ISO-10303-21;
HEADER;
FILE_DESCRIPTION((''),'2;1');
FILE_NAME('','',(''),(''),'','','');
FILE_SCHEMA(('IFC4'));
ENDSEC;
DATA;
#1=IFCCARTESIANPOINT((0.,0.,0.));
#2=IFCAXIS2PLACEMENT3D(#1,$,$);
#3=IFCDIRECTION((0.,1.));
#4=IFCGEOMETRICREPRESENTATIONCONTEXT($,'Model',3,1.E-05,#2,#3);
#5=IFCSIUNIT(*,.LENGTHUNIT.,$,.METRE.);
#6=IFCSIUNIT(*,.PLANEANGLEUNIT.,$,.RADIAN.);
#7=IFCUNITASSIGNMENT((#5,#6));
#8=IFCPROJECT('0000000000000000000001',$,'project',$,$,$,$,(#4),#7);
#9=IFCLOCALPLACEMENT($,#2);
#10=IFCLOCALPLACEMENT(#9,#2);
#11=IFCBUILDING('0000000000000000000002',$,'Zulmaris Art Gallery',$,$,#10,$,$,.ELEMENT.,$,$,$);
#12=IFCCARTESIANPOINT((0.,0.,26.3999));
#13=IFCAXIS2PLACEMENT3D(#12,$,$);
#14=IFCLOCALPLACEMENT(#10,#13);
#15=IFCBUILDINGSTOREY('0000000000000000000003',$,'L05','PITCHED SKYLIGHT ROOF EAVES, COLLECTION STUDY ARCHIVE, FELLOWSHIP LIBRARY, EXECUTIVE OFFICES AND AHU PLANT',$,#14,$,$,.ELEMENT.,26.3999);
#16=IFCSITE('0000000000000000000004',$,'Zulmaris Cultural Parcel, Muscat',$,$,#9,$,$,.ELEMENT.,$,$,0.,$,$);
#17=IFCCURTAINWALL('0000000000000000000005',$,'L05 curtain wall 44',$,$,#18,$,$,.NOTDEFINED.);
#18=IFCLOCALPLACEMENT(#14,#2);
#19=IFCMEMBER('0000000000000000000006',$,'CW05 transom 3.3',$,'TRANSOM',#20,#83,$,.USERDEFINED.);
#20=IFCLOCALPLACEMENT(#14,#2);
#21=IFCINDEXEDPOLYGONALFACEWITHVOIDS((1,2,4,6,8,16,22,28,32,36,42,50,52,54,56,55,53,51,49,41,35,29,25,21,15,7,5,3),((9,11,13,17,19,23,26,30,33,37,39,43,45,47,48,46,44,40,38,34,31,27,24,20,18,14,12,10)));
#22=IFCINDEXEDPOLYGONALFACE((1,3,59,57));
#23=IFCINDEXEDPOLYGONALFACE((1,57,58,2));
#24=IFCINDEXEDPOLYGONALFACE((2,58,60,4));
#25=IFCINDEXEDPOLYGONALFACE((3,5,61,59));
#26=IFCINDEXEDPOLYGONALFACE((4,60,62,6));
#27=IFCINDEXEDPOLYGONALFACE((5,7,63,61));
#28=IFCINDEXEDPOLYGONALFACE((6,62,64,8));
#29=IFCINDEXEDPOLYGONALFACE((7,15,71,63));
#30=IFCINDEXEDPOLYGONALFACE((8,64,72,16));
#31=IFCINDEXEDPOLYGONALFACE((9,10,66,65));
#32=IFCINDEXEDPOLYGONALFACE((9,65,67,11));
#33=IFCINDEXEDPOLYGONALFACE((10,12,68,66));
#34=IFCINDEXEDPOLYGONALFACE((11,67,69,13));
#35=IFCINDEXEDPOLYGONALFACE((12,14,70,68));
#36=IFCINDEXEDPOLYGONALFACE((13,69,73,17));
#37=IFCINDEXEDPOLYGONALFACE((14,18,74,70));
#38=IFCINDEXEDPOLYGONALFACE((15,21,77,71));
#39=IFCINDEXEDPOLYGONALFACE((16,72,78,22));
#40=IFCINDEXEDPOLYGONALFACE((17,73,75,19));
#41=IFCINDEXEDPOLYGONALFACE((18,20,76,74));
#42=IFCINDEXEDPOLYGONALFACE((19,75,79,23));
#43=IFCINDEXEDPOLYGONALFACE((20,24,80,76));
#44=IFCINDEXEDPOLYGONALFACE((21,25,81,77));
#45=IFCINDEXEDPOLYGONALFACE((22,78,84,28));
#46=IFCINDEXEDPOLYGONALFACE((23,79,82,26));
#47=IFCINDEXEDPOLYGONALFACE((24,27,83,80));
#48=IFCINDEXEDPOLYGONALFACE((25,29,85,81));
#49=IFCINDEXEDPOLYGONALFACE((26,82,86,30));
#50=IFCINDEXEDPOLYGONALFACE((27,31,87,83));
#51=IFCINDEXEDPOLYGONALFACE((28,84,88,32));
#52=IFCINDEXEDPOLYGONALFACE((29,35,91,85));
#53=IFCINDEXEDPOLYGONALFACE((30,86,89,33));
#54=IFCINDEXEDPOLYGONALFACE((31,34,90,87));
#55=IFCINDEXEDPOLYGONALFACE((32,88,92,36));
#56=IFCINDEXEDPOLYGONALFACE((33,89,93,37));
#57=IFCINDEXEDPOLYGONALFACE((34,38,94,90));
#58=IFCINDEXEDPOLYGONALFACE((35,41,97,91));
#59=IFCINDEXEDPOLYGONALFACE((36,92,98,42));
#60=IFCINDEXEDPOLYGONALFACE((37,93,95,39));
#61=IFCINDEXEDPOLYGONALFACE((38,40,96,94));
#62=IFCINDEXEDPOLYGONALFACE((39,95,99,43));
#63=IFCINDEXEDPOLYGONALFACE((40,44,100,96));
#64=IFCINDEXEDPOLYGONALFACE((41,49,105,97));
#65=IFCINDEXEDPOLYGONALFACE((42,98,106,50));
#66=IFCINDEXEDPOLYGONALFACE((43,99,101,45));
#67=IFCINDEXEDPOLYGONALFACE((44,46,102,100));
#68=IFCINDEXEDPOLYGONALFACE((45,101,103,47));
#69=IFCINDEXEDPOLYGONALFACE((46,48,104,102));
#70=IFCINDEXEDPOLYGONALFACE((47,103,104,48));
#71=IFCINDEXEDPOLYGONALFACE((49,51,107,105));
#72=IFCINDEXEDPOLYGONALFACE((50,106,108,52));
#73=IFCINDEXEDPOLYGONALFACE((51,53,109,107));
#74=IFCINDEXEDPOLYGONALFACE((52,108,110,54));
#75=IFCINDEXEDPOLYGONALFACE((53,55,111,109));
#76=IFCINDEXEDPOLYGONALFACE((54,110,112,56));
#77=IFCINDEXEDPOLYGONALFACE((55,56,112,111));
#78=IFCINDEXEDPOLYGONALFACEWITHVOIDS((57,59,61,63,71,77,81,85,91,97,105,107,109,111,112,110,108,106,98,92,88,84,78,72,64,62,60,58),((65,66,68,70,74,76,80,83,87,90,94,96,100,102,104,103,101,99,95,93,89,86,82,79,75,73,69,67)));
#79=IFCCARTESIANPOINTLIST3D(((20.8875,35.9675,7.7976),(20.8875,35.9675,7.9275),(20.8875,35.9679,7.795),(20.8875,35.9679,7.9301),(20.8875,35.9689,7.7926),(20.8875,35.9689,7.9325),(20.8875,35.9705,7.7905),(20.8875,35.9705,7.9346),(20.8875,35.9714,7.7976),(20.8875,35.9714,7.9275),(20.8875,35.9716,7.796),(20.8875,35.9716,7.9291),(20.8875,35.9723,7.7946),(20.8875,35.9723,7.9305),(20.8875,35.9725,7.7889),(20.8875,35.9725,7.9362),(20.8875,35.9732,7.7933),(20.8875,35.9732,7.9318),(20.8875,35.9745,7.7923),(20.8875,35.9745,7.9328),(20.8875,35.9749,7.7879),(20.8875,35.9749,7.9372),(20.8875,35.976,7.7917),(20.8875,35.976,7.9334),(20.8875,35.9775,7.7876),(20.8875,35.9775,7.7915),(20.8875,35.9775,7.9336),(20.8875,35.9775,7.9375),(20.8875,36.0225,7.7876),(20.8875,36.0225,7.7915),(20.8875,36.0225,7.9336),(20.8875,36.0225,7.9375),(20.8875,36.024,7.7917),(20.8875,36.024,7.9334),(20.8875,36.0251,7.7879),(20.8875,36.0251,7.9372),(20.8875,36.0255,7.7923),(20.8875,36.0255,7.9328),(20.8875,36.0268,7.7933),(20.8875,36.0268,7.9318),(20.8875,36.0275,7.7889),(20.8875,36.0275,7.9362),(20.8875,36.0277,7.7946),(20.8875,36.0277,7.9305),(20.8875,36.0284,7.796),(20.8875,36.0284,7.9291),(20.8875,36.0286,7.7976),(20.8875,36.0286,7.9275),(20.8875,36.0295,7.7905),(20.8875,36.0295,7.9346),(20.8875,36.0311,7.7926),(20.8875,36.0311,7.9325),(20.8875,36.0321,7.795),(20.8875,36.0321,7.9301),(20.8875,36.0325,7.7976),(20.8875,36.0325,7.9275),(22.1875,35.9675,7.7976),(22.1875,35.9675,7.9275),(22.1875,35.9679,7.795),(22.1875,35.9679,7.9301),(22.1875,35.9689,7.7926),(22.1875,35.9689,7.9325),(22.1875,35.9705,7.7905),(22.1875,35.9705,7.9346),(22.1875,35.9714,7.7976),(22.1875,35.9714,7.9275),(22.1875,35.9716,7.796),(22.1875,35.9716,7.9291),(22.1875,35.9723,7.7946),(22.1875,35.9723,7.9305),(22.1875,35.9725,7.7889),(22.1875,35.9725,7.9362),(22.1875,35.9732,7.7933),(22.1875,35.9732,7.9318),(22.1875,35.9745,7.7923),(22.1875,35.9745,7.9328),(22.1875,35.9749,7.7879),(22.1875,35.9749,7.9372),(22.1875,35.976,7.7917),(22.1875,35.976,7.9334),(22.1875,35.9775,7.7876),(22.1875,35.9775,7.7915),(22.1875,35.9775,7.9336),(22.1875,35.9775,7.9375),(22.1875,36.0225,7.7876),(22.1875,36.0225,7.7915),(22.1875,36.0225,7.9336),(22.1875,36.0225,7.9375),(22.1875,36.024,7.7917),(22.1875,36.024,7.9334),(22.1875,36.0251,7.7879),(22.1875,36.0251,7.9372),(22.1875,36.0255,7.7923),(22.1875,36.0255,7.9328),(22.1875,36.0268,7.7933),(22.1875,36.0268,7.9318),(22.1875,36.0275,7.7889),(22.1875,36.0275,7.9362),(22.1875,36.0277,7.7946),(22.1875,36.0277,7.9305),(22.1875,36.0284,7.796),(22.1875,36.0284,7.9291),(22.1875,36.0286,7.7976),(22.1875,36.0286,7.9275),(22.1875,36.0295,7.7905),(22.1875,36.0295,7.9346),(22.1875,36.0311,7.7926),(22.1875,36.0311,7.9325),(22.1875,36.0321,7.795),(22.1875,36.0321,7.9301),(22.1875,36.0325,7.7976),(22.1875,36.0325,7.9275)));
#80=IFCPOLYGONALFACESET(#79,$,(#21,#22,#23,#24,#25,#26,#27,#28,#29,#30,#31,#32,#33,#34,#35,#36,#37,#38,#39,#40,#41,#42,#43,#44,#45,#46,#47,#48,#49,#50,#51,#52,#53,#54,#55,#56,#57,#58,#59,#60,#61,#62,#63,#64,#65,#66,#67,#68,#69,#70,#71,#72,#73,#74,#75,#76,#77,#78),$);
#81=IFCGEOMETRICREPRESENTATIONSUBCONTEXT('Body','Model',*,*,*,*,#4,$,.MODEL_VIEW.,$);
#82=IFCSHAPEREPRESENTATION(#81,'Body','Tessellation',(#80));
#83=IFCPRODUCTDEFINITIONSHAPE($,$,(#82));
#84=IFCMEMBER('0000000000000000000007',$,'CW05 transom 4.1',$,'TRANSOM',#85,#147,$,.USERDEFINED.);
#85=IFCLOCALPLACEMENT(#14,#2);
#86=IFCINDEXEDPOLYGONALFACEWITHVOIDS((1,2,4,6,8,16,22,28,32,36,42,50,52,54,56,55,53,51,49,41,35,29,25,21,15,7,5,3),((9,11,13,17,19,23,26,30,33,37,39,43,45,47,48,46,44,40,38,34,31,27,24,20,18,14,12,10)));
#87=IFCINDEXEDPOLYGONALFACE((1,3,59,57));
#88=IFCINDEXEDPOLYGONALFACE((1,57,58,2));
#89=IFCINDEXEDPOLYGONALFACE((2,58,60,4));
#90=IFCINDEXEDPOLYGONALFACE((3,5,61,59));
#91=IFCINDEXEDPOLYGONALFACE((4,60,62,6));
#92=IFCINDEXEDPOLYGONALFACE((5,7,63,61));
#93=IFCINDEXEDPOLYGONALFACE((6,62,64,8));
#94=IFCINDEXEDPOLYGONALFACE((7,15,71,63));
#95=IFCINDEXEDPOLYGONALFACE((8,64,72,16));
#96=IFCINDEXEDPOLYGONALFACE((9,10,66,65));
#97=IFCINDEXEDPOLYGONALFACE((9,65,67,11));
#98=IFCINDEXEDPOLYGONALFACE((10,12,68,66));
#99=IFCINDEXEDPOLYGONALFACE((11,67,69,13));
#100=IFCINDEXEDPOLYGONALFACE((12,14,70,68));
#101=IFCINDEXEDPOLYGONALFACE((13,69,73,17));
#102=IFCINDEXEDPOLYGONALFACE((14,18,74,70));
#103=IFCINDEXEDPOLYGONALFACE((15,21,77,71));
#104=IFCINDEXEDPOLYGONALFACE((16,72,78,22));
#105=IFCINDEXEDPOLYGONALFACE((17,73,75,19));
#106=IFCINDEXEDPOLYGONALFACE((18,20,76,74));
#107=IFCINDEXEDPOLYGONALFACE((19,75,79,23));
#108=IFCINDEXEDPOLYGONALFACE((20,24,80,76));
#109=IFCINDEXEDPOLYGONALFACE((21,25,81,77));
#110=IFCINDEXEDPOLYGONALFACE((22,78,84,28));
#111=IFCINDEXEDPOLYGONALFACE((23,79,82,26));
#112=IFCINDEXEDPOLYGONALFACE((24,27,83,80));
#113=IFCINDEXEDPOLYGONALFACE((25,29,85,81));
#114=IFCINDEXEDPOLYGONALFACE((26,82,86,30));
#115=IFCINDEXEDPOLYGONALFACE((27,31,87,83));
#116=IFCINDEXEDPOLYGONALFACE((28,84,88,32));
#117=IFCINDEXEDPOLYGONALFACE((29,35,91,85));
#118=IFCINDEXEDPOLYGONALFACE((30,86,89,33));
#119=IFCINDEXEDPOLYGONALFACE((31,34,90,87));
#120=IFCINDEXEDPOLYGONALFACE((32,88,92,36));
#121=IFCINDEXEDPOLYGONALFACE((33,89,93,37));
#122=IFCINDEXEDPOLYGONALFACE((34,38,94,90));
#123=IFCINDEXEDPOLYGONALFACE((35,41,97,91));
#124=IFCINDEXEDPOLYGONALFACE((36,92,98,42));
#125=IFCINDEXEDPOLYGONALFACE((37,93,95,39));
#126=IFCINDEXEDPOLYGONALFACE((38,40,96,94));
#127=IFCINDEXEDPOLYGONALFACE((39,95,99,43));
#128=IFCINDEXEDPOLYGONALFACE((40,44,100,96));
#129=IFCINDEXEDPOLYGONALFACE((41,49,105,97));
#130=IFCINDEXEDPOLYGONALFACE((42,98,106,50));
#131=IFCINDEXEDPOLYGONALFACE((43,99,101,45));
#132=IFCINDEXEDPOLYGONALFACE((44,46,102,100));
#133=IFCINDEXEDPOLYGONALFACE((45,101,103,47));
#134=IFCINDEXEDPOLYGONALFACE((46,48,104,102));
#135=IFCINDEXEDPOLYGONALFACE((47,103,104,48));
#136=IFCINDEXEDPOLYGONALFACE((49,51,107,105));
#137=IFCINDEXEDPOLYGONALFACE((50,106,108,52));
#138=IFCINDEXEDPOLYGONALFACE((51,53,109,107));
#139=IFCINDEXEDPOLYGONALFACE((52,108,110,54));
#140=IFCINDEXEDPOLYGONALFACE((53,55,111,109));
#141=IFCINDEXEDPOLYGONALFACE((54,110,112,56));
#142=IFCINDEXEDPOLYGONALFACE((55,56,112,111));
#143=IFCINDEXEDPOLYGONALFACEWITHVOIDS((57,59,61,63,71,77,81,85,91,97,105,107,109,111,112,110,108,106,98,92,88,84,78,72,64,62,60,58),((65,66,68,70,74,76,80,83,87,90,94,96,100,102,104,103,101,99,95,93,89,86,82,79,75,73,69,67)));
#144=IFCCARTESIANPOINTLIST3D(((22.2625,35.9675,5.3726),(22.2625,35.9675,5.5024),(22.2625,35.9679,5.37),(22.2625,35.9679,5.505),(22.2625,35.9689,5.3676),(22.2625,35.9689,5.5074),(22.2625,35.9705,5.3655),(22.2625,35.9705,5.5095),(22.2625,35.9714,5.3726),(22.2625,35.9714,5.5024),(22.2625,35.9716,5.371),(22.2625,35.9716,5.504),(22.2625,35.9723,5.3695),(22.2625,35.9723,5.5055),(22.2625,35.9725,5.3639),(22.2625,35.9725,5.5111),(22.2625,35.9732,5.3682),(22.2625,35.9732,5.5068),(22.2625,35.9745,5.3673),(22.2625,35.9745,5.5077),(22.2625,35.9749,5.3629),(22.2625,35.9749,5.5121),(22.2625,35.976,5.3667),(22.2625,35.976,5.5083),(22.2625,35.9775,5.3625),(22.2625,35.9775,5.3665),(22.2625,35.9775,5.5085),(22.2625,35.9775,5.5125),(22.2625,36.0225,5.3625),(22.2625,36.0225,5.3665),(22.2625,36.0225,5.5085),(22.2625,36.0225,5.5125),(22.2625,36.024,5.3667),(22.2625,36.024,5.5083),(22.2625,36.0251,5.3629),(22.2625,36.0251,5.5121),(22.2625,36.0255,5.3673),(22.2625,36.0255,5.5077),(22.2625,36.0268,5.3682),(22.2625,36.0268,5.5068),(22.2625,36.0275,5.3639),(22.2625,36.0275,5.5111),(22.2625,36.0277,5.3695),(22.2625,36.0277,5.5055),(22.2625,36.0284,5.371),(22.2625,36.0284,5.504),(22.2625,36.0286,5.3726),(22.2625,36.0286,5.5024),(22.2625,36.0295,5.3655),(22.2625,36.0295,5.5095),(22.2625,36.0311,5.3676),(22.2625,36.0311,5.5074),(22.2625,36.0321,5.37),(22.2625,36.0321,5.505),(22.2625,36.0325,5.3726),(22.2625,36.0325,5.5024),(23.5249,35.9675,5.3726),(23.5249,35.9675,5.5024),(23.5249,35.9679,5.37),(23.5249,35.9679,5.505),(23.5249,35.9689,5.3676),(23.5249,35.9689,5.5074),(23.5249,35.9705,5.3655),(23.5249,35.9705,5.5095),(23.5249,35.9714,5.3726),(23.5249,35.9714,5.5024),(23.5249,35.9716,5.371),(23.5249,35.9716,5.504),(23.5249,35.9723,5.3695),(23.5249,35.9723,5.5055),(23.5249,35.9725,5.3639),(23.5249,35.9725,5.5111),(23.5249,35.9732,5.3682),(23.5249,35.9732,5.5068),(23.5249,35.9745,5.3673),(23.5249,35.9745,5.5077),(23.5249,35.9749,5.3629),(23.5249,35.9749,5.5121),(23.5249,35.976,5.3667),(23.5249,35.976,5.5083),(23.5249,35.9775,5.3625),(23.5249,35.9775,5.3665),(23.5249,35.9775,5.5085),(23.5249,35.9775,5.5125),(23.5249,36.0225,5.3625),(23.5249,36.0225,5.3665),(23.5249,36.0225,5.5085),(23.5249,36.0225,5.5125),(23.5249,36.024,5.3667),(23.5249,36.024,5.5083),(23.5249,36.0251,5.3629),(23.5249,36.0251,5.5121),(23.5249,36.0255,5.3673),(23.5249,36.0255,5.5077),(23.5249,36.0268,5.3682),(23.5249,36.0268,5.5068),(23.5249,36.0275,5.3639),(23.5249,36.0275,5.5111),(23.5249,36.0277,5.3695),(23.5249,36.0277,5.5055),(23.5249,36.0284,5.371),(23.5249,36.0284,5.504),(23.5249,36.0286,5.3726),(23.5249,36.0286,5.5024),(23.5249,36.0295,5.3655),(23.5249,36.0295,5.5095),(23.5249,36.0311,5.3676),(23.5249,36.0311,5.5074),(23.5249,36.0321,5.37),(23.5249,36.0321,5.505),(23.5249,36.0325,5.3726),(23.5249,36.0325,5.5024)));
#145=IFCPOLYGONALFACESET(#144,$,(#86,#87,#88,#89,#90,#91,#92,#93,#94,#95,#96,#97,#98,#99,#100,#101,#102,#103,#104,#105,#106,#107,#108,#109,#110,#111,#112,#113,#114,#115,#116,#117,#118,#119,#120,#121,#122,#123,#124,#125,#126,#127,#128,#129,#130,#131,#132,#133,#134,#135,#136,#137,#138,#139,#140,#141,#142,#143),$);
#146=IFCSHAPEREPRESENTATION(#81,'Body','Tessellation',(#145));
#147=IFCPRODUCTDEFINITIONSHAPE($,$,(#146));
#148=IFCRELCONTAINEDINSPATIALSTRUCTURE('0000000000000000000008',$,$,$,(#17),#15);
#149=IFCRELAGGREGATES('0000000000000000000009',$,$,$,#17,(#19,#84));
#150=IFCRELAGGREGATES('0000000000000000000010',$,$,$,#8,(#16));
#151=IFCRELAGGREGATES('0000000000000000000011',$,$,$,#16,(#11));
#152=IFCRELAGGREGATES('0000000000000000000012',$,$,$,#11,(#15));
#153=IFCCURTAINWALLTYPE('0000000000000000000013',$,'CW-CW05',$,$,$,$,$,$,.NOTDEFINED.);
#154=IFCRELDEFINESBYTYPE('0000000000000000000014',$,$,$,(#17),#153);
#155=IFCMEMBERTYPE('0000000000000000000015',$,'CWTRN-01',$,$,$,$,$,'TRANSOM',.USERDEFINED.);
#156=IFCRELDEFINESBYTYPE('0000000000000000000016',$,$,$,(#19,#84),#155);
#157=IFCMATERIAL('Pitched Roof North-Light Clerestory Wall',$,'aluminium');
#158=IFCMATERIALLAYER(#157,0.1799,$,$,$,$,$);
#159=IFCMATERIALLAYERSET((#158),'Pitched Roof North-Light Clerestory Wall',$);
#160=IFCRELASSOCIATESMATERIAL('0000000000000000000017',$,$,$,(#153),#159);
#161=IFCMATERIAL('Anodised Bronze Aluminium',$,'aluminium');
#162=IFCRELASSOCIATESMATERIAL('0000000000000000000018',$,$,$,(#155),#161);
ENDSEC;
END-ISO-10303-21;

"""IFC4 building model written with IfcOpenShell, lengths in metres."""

from ifc_helpers import new_model, si_unit, direction, frame, origin, origin_2d, place, context, subcontext, project, spatial, hollow_rectangle, extrude, material, layer, layer_set, material_profile, profile_set, type_object, element, aggregate, save


model = new_model("IFC4")

# Units and contexts
model_context = context("Model", 3, precision=1e-05, world=origin(), true_north=direction((0.0, 1.0)))
body_context = subcontext(model_context, "Body", "Model", "MODEL_VIEW")
ifc_project = project(units=[si_unit("LENGTHUNIT", "METRE"), si_unit("PLANEANGLEUNIT", "RADIAN")], contexts=[model_context])

# Site, building, storey
site_placement = place(None, origin())
site = spatial("IfcSite", under=ifc_project, at=site_placement, Name="Zulmaris Cultural Parcel, Muscat", CompositionType="ELEMENT", RefElevation=0.0)
building_placement = place(site_placement, origin())
building = spatial("IfcBuilding", under=site, at=building_placement, Name="Zulmaris Art Gallery", CompositionType="ELEMENT")
storey_placement = place(building_placement, frame((0.0, 0.0, 26.3999)))
storey = spatial("IfcBuildingStorey", under=building, at=storey_placement, Name="L05", Description="PITCHED SKYLIGHT ROOF EAVES, COLLECTION STUDY ARCHIVE, FELLOWSHIP LIBRARY, EXECUTIVE OFFICES AND AHU PLANT", CompositionType="ELEMENT", Elevation=26.3999)

# Curtain wall
ifc_material_1 = material(Name="Pitched Roof North-Light Clerestory Wall", Category="aluminium")
ifc_layer_1 = layer(ifc_material_1, 0.1799)
ifc_layer_set_1 = layer_set([ifc_layer_1], Name="Pitched Roof North-Light Clerestory Wall")
curtain_wall_type = type_object("IfcCurtainWallType", Name="CW-CW05", PredefinedType="NOTDEFINED", material=ifc_layer_set_1)
curtain_wall_1_placement = place(storey_placement, origin())
curtain_wall_1 = element("IfcCurtainWall", 1, at=curtain_wall_1_placement, inside=storey, type_object=curtain_wall_type, Name="L05 curtain wall 44", PredefinedType="NOTDEFINED")
ifc_material_2 = material(Name="Anodised Bronze Aluminium", Category="aluminium")

# Members
ifc_material_profile_1 = material_profile(ifc_material_2, hollow_rectangle(XDim=0.0649, YDim=0.1499, WallThickness=0.0039, InnerFilletRadius=0.0061, OuterFilletRadius=0.01, at=origin_2d()), Name="ALU 65x150x4")
ifc_profile_set_1 = profile_set([ifc_material_profile_1], Name="Anodised Bronze Aluminium")
member_type_1 = type_object("IfcMemberType", Name="CWTRN-01", ElementType="TRANSOM", PredefinedType="USERDEFINED", material=ifc_profile_set_1)
member_1_placement = place(storey_placement, frame((20.8875, 36.0, 7.8625), z_axis=(1.0, 0.0, 0.0), x_axis=(0.0, 1.0, 0.0)))
member_1 = element("IfcMember", 2, at=member_1_placement, type_object=member_type_1, Name="CW05 transom 3.3", ObjectType="TRANSOM", PredefinedType="USERDEFINED", context=body_context, shape_type="SweptSolid", body=[
    extrude(hollow_rectangle(XDim=0.0649, YDim=0.1499, WallThickness=0.0039, InnerFilletRadius=0.0061, OuterFilletRadius=0.01, at=origin_2d()), origin(), (0.0, 0.0, 1.0), 1.3),
])
member_2_placement = place(storey_placement, frame((22.2625, 36.0, 5.4375), z_axis=(1.0, 0.0, 0.0), x_axis=(0.0, 1.0, 0.0)))
member_2 = element("IfcMember", 3, at=member_2_placement, type_object=member_type_1, Name="CW05 transom 4.1", ObjectType="TRANSOM", PredefinedType="USERDEFINED", context=body_context, shape_type="SweptSolid", body=[
    extrude(hollow_rectangle(XDim=0.0649, YDim=0.1499, WallThickness=0.0039, InnerFilletRadius=0.0061, OuterFilletRadius=0.01, at=origin_2d()), origin(), (0.0, 0.0, 1.0), 1.2625),
])

aggregate(curtain_wall_1, [member_1, member_2])

save(model, "model.ifc")
